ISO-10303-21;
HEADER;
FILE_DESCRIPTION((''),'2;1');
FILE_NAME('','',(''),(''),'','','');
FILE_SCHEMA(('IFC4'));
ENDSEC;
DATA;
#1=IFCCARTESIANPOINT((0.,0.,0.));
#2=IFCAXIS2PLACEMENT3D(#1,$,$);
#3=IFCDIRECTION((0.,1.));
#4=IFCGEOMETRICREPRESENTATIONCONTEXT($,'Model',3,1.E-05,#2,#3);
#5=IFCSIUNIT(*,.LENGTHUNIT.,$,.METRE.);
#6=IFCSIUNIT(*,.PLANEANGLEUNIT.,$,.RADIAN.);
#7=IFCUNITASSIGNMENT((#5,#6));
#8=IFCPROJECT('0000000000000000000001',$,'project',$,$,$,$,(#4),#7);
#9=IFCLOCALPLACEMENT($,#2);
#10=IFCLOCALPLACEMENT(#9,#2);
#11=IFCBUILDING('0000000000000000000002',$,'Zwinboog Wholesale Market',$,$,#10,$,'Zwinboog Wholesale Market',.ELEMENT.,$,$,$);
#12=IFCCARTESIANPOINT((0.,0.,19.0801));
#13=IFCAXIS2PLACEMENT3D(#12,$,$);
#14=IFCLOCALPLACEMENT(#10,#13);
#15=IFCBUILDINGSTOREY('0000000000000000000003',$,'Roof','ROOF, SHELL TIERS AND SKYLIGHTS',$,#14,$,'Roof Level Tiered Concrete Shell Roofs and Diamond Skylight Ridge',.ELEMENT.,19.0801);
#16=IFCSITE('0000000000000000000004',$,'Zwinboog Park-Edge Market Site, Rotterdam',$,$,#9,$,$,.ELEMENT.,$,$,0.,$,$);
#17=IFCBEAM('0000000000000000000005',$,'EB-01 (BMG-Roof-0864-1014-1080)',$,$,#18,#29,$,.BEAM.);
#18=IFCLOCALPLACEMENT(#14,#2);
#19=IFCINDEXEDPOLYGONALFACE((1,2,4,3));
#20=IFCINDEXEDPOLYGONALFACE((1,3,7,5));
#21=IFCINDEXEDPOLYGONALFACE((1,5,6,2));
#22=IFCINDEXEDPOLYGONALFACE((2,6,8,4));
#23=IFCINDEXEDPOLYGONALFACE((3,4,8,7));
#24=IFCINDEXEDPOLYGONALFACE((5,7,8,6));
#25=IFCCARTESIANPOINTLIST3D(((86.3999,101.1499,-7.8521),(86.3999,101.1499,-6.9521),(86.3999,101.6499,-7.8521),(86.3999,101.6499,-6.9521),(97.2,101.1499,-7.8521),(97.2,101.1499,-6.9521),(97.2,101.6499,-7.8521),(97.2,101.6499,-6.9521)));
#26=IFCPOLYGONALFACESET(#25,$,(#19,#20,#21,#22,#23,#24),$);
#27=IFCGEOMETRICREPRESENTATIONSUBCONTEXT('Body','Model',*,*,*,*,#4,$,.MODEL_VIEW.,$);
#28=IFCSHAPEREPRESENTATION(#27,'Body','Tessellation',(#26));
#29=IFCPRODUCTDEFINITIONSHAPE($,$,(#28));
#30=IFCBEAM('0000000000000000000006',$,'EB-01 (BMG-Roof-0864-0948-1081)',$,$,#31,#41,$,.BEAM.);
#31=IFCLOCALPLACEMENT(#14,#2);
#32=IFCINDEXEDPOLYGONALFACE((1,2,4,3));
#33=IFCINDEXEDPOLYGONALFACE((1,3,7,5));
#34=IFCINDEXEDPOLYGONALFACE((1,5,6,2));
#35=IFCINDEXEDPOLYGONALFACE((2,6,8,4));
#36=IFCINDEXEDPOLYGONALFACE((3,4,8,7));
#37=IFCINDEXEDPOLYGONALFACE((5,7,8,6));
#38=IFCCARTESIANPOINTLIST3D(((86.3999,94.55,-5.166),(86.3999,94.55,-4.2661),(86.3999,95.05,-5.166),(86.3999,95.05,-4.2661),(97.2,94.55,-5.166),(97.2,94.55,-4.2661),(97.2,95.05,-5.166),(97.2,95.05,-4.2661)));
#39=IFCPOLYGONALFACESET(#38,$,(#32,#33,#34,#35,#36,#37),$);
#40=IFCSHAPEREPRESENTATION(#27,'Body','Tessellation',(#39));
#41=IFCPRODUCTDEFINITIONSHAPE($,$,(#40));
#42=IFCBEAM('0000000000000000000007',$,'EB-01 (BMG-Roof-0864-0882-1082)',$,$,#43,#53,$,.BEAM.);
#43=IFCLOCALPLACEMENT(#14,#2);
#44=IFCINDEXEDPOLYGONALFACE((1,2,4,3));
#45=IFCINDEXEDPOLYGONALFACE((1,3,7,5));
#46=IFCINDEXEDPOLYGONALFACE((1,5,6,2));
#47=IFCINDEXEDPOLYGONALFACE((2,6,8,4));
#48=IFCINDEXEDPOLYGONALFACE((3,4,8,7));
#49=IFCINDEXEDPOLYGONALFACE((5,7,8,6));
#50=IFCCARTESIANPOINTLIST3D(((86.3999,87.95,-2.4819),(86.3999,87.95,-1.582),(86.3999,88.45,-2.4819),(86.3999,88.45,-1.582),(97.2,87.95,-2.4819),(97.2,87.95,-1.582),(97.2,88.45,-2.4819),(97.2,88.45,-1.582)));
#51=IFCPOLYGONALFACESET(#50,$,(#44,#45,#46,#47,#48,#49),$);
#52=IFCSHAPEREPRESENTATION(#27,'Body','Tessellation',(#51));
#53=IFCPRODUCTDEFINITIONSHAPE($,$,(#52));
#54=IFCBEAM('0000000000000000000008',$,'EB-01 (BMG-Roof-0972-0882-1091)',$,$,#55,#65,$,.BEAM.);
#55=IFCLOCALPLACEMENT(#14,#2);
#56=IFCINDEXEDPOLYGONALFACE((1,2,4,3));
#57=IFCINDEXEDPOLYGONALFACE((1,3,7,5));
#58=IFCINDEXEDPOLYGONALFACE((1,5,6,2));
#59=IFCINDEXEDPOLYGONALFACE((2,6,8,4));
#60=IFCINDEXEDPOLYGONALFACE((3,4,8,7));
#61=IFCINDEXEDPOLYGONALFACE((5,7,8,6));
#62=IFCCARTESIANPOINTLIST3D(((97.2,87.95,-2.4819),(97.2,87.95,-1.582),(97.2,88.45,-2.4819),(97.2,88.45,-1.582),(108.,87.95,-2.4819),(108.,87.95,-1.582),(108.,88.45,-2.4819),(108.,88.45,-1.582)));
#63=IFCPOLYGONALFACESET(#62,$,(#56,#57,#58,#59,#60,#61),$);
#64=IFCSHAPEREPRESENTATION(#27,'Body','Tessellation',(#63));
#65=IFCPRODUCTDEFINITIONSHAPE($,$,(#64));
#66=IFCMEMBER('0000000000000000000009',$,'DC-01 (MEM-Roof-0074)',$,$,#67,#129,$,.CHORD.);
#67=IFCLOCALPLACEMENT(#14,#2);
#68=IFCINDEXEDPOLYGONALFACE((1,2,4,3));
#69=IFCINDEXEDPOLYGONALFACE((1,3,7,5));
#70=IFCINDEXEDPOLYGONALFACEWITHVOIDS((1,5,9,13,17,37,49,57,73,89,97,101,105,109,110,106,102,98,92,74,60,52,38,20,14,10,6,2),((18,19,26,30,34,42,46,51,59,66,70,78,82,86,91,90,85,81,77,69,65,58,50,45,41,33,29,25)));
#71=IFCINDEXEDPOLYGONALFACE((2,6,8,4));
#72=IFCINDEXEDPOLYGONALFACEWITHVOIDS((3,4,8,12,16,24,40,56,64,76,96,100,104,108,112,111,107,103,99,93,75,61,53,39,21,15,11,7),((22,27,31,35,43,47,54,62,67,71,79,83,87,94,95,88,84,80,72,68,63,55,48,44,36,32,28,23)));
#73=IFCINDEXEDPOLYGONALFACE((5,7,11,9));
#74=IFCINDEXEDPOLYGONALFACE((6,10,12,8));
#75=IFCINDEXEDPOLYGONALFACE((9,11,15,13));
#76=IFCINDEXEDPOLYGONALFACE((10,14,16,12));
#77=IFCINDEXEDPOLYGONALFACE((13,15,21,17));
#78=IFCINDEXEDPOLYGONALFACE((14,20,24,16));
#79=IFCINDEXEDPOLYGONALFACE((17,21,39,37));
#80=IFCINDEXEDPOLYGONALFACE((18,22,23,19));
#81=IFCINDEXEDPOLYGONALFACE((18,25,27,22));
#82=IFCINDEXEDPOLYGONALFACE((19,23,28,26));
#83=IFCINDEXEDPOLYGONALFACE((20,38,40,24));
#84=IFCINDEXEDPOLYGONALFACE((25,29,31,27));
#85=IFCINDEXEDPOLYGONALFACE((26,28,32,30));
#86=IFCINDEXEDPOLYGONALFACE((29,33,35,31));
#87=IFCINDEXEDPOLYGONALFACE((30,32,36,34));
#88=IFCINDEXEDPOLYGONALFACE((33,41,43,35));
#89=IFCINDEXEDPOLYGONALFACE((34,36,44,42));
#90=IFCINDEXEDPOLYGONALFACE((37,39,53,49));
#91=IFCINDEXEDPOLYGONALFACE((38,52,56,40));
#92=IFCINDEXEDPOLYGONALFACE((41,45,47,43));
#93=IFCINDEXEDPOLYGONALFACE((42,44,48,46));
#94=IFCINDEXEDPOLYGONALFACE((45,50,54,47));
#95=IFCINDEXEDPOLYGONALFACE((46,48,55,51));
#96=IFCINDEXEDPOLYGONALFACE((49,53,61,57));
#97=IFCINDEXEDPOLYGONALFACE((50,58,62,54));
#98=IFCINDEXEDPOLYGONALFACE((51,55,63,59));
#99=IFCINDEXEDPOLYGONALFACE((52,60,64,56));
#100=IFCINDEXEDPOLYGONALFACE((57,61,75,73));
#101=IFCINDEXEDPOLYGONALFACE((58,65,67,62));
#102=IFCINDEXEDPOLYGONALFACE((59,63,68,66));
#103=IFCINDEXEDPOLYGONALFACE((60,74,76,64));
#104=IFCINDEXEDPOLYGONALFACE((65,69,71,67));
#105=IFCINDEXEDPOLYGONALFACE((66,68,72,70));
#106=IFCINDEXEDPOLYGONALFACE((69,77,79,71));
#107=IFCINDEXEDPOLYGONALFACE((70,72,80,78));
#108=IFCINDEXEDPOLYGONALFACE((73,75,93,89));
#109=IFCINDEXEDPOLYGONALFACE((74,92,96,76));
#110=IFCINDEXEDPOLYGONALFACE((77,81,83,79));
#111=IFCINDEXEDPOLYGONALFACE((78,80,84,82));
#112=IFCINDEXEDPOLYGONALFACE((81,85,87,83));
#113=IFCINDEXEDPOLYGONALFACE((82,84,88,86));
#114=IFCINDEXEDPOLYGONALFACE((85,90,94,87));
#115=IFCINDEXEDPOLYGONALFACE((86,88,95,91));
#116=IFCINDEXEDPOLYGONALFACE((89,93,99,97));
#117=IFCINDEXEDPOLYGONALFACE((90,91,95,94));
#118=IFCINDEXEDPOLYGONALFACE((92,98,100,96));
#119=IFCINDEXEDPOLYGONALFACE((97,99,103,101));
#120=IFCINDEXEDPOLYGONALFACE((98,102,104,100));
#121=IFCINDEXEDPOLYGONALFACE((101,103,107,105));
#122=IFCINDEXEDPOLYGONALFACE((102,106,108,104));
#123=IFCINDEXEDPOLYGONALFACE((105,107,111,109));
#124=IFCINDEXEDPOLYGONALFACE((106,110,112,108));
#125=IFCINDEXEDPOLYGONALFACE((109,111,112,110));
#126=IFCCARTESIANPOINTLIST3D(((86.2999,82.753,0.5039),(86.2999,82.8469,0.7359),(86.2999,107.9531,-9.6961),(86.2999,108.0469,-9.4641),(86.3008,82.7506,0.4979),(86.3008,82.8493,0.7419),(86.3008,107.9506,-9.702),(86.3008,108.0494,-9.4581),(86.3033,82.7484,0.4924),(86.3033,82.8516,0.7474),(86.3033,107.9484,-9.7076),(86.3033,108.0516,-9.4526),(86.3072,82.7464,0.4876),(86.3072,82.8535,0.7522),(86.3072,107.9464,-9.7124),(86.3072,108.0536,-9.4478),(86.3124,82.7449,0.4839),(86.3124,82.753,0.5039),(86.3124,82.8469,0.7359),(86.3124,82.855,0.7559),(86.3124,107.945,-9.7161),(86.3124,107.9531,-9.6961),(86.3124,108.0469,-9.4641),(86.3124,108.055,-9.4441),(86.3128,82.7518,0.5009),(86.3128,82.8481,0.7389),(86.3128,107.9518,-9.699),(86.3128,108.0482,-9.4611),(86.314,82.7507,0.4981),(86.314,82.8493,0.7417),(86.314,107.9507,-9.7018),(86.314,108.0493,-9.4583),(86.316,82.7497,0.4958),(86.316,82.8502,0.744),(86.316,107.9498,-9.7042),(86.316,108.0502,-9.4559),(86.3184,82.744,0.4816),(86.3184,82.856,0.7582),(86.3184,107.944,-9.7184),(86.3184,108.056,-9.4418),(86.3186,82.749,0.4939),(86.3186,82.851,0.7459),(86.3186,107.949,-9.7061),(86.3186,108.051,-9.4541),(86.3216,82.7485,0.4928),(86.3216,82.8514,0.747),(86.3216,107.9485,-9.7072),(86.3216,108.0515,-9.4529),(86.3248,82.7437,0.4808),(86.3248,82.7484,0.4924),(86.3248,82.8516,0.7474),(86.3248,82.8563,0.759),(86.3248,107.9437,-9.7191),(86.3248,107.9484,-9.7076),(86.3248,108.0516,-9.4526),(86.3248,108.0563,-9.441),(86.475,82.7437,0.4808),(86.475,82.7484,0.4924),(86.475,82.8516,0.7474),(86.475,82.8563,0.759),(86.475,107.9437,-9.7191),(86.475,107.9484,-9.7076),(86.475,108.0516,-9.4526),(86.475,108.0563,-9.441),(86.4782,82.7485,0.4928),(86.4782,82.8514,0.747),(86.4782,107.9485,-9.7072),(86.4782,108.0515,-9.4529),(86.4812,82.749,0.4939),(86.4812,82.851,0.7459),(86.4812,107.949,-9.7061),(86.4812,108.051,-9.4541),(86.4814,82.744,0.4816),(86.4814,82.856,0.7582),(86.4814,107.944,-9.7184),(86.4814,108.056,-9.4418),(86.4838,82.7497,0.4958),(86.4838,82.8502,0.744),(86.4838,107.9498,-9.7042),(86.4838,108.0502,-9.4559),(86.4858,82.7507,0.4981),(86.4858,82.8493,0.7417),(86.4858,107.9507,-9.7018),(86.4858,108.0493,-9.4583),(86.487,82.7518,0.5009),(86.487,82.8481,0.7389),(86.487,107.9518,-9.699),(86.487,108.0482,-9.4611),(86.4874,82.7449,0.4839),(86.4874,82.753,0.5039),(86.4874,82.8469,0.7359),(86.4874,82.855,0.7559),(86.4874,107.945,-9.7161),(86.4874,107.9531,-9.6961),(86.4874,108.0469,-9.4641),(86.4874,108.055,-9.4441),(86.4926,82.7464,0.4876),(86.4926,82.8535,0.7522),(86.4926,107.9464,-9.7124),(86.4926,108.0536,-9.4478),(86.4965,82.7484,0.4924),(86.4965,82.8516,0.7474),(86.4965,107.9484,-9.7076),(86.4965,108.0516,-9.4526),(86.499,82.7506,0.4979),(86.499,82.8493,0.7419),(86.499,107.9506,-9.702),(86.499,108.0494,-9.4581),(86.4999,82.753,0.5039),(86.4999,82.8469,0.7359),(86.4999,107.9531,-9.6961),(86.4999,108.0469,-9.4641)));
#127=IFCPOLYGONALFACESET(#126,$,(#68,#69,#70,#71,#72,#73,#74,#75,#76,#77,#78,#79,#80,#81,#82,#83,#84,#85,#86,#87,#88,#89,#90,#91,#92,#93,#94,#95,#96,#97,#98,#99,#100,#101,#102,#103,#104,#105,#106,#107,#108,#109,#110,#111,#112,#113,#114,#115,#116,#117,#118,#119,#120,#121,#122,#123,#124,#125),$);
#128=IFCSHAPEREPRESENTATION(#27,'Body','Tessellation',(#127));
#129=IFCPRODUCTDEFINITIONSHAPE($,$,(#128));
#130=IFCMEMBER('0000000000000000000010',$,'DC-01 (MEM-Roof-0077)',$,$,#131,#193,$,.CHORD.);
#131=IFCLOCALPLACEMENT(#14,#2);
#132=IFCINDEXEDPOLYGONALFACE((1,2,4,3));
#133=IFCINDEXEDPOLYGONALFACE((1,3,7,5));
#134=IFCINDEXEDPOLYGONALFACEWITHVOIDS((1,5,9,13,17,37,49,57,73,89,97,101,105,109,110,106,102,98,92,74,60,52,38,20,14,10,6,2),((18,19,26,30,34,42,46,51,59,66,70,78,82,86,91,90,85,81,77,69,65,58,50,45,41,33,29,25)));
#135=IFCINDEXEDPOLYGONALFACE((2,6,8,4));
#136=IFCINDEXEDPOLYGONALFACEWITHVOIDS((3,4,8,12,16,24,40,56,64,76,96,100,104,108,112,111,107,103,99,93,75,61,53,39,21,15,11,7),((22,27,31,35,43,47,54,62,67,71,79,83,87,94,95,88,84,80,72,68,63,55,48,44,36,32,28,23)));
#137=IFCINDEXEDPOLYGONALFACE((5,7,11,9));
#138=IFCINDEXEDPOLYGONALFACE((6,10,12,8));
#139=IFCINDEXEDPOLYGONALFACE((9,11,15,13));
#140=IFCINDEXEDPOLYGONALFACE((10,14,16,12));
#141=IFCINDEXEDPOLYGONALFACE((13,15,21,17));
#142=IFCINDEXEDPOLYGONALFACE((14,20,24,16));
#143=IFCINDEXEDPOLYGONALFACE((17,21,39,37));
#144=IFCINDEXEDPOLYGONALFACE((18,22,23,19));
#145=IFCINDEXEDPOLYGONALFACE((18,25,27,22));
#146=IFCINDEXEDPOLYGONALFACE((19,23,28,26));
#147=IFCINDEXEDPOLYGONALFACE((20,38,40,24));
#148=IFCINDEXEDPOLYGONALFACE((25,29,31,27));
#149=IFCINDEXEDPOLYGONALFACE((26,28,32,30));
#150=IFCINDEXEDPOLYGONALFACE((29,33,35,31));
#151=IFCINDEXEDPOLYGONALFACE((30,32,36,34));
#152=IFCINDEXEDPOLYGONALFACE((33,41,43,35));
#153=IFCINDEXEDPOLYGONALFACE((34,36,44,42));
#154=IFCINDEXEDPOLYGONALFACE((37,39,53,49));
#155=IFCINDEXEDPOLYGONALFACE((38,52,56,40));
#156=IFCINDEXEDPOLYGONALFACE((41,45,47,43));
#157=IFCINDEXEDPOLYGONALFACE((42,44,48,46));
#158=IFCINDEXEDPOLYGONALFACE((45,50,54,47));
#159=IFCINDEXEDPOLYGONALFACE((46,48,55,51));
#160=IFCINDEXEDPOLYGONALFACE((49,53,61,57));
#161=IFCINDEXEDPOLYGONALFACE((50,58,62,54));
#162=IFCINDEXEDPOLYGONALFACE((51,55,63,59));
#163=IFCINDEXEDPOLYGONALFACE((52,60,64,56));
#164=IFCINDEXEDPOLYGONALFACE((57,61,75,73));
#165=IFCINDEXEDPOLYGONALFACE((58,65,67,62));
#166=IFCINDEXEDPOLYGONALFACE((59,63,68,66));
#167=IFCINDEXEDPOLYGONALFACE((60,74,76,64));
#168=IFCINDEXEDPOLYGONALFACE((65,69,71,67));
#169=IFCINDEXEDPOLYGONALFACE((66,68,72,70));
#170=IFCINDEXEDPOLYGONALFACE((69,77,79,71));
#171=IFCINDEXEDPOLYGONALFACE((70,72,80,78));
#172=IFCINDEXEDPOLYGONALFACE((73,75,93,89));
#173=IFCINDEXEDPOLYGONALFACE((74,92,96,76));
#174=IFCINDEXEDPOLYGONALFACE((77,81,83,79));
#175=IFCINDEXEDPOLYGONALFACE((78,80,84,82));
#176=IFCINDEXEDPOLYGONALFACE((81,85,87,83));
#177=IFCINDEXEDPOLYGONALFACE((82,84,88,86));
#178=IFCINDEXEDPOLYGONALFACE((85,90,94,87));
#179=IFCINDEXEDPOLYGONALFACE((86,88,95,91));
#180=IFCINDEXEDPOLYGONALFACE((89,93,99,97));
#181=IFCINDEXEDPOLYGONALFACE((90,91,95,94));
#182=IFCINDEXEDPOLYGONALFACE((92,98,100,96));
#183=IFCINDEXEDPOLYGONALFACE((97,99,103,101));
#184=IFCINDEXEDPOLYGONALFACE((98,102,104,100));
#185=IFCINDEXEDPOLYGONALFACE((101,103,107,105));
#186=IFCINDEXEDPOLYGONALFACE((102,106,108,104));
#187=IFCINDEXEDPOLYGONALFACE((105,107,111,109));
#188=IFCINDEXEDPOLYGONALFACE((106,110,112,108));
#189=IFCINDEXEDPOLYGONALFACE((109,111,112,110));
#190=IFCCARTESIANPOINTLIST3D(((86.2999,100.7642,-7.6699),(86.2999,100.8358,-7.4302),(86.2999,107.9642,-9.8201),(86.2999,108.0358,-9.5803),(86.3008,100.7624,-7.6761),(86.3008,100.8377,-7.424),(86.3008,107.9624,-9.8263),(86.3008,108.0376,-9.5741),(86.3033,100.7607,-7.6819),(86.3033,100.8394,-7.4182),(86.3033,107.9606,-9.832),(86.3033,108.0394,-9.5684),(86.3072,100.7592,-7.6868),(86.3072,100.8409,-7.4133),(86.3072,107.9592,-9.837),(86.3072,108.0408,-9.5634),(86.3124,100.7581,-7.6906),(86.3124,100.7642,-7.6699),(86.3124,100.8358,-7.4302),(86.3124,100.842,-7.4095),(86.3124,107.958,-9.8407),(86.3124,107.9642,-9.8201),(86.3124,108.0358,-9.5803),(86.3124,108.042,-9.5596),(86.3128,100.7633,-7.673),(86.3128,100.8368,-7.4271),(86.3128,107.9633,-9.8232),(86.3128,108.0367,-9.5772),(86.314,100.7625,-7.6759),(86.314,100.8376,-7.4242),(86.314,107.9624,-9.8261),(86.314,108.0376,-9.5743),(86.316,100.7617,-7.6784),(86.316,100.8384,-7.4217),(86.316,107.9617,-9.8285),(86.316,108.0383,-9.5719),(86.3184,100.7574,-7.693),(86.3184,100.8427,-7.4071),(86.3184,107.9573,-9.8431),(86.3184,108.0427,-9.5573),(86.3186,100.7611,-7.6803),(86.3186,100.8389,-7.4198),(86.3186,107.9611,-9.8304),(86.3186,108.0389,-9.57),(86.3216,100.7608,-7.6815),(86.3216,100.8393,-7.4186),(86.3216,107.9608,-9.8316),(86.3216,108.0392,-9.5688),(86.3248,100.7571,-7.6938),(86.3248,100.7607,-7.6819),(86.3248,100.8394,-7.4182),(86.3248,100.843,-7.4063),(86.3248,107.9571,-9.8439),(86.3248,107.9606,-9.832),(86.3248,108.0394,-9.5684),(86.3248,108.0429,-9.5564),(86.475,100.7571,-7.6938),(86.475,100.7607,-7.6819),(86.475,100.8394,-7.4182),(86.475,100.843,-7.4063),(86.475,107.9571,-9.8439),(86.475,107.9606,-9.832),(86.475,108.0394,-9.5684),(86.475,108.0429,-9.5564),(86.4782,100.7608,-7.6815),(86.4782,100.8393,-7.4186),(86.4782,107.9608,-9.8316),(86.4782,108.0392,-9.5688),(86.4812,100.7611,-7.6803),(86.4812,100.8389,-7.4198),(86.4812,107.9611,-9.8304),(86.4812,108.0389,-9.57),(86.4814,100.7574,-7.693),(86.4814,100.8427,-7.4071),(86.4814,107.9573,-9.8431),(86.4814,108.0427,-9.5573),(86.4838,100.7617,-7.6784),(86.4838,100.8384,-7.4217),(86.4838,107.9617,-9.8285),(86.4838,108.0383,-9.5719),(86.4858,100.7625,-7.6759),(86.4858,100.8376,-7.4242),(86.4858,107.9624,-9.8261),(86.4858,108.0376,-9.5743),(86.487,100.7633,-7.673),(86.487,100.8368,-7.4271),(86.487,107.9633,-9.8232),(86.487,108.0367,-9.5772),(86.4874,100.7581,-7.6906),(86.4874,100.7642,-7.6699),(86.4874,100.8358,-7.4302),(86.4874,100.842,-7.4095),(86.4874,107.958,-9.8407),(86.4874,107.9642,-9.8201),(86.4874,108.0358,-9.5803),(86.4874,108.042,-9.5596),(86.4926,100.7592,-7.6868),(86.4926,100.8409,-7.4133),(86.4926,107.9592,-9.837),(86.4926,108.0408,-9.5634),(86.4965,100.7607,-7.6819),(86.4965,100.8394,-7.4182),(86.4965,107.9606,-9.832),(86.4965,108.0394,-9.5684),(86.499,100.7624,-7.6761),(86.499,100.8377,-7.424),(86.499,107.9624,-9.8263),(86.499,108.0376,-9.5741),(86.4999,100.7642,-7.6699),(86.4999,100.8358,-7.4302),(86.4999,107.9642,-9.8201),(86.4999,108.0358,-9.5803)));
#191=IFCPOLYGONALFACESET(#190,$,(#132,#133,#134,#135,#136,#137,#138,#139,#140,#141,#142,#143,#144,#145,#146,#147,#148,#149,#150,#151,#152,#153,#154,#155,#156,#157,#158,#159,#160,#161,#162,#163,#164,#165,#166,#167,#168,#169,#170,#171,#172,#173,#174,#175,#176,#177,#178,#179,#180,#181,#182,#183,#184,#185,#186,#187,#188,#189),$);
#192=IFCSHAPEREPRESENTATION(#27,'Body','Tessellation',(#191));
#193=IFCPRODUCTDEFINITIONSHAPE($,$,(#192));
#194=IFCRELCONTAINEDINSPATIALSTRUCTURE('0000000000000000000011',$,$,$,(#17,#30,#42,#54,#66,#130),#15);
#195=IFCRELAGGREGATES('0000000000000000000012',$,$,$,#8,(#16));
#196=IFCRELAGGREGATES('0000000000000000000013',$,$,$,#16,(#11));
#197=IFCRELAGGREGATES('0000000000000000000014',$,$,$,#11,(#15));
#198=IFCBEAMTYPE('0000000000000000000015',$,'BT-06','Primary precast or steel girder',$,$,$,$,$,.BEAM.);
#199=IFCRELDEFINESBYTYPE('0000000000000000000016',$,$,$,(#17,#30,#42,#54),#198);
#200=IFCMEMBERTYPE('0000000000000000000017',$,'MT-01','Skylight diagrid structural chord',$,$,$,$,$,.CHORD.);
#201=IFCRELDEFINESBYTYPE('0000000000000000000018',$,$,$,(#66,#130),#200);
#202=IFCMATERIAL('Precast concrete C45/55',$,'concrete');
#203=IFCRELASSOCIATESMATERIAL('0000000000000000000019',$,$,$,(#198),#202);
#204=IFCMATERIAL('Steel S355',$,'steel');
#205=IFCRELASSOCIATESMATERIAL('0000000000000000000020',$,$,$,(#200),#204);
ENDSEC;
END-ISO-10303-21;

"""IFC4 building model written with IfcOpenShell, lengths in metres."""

from ifc_helpers import new_model, si_unit, direction, frame, origin, origin_2d, place, context, subcontext, project, spatial, rectangle, hollow_rectangle, extrude, material, material_profile, profile_set, type_object, element, save


model = new_model("IFC4")

# Units and contexts
model_context = context("Model", 3, precision=1e-05, world=origin(), true_north=direction((0.0, 1.0)))
body_context = subcontext(model_context, "Body", "Model", "MODEL_VIEW")
ifc_project = project(units=[si_unit("LENGTHUNIT", "METRE"), si_unit("PLANEANGLEUNIT", "RADIAN")], contexts=[model_context])

# Site, building, storey
site_placement = place(None, origin())
site = spatial("IfcSite", under=ifc_project, at=site_placement, Name="Zwinboog Park-Edge Market Site, Rotterdam", CompositionType="ELEMENT", RefElevation=0.0)
building_placement = place(site_placement, origin())
building = spatial("IfcBuilding", under=site, at=building_placement, Name="Zwinboog Wholesale Market", LongName="Zwinboog Wholesale Market", CompositionType="ELEMENT")
storey_placement = place(building_placement, frame((0.0, 0.0, 19.0801)))
storey = spatial("IfcBuildingStorey", under=building, at=storey_placement, Name="Roof", Description="ROOF, SHELL TIERS AND SKYLIGHTS", LongName="Roof Level Tiered Concrete Shell Roofs and Diamond Skylight Ridge", CompositionType="ELEMENT", Elevation=19.0801)

# Beams
ifc_material_1 = material(Name="Precast concrete C45/55", Category="concrete")
ifc_material_profile_1 = material_profile(ifc_material_1, rectangle(XDim=0.5, YDim=0.8999, at=origin_2d()), Name="PC 500x900")
ifc_profile_set_1 = profile_set([ifc_material_profile_1], Name="Precast concrete C45/55")
beam_type = type_object("IfcBeamType", Name="BT-06", Description="Primary precast or steel girder", PredefinedType="BEAM", material=ifc_profile_set_1)
for number, where, z_axis, x_axis, name in (
    (1, (86.3999, 101.3999, -7.4021), (1.0, 0.0, 0.0), (0.0, 1.0, 0.0), "EB-01 (BMG-Roof-0864-1014-1080)"),
    (2, (86.3999, 94.8, -4.7161), (1.0, 0.0, 0.0), (0.0, 1.0, 0.0), "EB-01 (BMG-Roof-0864-0948-1081)"),
    (3, (86.3999, 88.2, -2.032), (1.0, 0.0, 0.0), (0.0, 1.0, 0.0), "EB-01 (BMG-Roof-0864-0882-1082)"),
    (4, (97.2, 88.2, -2.032), (1.0, 0.0, 0.0), (0.0, 1.0, 0.0), "EB-01 (BMG-Roof-0972-0882-1091)"),
):
    element("IfcBeam", number, at=place(storey_placement, frame(where, z_axis=z_axis, x_axis=x_axis)), inside=storey, type_object=beam_type, Name=name, PredefinedType="BEAM", context=body_context, shape_type="SweptSolid", body=[
        extrude(rectangle(XDim=0.5, YDim=0.8999, at=origin_2d()), origin(), (0.0, 0.0, 1.0), 10.8),
    ])

# Members
ifc_material_2 = material(Name="Steel S355", Category="steel")
ifc_material_profile_2 = material_profile(ifc_material_2, hollow_rectangle(XDim=0.2, YDim=0.3, WallThickness=0.0125, InnerFilletRadius=0.0125, OuterFilletRadius=0.0249, at=origin_2d()), Name="RHS 300x200x12.5")
ifc_profile_set_2 = profile_set([ifc_material_profile_2], Name="Steel S355")
member_type_1 = type_object("IfcMemberType", Name="MT-01", Description="Skylight diagrid structural chord", PredefinedType="CHORD", material=ifc_profile_set_2)
member_placement = place(storey_placement, frame((86.3999, 108.0, -9.5801), z_axis=(0.0, -0.926947, 0.375192), x_axis=(1.0, 0.0, 0.0)))
element("IfcMember", 5, at=member_placement, inside=storey, type_object=member_type_1, Name="DC-01 (MEM-Roof-0074)", PredefinedType="CHORD", context=body_context, shape_type="SweptSolid", body=[
    extrude(hollow_rectangle(XDim=0.2, YDim=0.3, WallThickness=0.0125, InnerFilletRadius=0.0125, OuterFilletRadius=0.0249, at=origin_2d()), origin(), (0.0, 0.0, 1.0), 27.186),
])
for number, where, z_axis, x_axis, name in (
    (6, (86.3999, 108.0, -9.7002), (0.0, -0.958186, 0.286146), (1.0, 0.0, 0.0), "DC-01 (MEM-Roof-0077)"),
):
    element("IfcMember", number, at=place(storey_placement, frame(where, z_axis=z_axis, x_axis=x_axis)), inside=storey, type_object=member_type_1, Name=name, PredefinedType="CHORD", context=body_context, shape_type="SweptSolid", body=[
        extrude(hollow_rectangle(XDim=0.2, YDim=0.3, WallThickness=0.0125, InnerFilletRadius=0.0125, OuterFilletRadius=0.0249, at=origin_2d()), origin(), (0.0, 0.0, 1.0), 7.5142),
    ])

save(model, "model.ifc")
